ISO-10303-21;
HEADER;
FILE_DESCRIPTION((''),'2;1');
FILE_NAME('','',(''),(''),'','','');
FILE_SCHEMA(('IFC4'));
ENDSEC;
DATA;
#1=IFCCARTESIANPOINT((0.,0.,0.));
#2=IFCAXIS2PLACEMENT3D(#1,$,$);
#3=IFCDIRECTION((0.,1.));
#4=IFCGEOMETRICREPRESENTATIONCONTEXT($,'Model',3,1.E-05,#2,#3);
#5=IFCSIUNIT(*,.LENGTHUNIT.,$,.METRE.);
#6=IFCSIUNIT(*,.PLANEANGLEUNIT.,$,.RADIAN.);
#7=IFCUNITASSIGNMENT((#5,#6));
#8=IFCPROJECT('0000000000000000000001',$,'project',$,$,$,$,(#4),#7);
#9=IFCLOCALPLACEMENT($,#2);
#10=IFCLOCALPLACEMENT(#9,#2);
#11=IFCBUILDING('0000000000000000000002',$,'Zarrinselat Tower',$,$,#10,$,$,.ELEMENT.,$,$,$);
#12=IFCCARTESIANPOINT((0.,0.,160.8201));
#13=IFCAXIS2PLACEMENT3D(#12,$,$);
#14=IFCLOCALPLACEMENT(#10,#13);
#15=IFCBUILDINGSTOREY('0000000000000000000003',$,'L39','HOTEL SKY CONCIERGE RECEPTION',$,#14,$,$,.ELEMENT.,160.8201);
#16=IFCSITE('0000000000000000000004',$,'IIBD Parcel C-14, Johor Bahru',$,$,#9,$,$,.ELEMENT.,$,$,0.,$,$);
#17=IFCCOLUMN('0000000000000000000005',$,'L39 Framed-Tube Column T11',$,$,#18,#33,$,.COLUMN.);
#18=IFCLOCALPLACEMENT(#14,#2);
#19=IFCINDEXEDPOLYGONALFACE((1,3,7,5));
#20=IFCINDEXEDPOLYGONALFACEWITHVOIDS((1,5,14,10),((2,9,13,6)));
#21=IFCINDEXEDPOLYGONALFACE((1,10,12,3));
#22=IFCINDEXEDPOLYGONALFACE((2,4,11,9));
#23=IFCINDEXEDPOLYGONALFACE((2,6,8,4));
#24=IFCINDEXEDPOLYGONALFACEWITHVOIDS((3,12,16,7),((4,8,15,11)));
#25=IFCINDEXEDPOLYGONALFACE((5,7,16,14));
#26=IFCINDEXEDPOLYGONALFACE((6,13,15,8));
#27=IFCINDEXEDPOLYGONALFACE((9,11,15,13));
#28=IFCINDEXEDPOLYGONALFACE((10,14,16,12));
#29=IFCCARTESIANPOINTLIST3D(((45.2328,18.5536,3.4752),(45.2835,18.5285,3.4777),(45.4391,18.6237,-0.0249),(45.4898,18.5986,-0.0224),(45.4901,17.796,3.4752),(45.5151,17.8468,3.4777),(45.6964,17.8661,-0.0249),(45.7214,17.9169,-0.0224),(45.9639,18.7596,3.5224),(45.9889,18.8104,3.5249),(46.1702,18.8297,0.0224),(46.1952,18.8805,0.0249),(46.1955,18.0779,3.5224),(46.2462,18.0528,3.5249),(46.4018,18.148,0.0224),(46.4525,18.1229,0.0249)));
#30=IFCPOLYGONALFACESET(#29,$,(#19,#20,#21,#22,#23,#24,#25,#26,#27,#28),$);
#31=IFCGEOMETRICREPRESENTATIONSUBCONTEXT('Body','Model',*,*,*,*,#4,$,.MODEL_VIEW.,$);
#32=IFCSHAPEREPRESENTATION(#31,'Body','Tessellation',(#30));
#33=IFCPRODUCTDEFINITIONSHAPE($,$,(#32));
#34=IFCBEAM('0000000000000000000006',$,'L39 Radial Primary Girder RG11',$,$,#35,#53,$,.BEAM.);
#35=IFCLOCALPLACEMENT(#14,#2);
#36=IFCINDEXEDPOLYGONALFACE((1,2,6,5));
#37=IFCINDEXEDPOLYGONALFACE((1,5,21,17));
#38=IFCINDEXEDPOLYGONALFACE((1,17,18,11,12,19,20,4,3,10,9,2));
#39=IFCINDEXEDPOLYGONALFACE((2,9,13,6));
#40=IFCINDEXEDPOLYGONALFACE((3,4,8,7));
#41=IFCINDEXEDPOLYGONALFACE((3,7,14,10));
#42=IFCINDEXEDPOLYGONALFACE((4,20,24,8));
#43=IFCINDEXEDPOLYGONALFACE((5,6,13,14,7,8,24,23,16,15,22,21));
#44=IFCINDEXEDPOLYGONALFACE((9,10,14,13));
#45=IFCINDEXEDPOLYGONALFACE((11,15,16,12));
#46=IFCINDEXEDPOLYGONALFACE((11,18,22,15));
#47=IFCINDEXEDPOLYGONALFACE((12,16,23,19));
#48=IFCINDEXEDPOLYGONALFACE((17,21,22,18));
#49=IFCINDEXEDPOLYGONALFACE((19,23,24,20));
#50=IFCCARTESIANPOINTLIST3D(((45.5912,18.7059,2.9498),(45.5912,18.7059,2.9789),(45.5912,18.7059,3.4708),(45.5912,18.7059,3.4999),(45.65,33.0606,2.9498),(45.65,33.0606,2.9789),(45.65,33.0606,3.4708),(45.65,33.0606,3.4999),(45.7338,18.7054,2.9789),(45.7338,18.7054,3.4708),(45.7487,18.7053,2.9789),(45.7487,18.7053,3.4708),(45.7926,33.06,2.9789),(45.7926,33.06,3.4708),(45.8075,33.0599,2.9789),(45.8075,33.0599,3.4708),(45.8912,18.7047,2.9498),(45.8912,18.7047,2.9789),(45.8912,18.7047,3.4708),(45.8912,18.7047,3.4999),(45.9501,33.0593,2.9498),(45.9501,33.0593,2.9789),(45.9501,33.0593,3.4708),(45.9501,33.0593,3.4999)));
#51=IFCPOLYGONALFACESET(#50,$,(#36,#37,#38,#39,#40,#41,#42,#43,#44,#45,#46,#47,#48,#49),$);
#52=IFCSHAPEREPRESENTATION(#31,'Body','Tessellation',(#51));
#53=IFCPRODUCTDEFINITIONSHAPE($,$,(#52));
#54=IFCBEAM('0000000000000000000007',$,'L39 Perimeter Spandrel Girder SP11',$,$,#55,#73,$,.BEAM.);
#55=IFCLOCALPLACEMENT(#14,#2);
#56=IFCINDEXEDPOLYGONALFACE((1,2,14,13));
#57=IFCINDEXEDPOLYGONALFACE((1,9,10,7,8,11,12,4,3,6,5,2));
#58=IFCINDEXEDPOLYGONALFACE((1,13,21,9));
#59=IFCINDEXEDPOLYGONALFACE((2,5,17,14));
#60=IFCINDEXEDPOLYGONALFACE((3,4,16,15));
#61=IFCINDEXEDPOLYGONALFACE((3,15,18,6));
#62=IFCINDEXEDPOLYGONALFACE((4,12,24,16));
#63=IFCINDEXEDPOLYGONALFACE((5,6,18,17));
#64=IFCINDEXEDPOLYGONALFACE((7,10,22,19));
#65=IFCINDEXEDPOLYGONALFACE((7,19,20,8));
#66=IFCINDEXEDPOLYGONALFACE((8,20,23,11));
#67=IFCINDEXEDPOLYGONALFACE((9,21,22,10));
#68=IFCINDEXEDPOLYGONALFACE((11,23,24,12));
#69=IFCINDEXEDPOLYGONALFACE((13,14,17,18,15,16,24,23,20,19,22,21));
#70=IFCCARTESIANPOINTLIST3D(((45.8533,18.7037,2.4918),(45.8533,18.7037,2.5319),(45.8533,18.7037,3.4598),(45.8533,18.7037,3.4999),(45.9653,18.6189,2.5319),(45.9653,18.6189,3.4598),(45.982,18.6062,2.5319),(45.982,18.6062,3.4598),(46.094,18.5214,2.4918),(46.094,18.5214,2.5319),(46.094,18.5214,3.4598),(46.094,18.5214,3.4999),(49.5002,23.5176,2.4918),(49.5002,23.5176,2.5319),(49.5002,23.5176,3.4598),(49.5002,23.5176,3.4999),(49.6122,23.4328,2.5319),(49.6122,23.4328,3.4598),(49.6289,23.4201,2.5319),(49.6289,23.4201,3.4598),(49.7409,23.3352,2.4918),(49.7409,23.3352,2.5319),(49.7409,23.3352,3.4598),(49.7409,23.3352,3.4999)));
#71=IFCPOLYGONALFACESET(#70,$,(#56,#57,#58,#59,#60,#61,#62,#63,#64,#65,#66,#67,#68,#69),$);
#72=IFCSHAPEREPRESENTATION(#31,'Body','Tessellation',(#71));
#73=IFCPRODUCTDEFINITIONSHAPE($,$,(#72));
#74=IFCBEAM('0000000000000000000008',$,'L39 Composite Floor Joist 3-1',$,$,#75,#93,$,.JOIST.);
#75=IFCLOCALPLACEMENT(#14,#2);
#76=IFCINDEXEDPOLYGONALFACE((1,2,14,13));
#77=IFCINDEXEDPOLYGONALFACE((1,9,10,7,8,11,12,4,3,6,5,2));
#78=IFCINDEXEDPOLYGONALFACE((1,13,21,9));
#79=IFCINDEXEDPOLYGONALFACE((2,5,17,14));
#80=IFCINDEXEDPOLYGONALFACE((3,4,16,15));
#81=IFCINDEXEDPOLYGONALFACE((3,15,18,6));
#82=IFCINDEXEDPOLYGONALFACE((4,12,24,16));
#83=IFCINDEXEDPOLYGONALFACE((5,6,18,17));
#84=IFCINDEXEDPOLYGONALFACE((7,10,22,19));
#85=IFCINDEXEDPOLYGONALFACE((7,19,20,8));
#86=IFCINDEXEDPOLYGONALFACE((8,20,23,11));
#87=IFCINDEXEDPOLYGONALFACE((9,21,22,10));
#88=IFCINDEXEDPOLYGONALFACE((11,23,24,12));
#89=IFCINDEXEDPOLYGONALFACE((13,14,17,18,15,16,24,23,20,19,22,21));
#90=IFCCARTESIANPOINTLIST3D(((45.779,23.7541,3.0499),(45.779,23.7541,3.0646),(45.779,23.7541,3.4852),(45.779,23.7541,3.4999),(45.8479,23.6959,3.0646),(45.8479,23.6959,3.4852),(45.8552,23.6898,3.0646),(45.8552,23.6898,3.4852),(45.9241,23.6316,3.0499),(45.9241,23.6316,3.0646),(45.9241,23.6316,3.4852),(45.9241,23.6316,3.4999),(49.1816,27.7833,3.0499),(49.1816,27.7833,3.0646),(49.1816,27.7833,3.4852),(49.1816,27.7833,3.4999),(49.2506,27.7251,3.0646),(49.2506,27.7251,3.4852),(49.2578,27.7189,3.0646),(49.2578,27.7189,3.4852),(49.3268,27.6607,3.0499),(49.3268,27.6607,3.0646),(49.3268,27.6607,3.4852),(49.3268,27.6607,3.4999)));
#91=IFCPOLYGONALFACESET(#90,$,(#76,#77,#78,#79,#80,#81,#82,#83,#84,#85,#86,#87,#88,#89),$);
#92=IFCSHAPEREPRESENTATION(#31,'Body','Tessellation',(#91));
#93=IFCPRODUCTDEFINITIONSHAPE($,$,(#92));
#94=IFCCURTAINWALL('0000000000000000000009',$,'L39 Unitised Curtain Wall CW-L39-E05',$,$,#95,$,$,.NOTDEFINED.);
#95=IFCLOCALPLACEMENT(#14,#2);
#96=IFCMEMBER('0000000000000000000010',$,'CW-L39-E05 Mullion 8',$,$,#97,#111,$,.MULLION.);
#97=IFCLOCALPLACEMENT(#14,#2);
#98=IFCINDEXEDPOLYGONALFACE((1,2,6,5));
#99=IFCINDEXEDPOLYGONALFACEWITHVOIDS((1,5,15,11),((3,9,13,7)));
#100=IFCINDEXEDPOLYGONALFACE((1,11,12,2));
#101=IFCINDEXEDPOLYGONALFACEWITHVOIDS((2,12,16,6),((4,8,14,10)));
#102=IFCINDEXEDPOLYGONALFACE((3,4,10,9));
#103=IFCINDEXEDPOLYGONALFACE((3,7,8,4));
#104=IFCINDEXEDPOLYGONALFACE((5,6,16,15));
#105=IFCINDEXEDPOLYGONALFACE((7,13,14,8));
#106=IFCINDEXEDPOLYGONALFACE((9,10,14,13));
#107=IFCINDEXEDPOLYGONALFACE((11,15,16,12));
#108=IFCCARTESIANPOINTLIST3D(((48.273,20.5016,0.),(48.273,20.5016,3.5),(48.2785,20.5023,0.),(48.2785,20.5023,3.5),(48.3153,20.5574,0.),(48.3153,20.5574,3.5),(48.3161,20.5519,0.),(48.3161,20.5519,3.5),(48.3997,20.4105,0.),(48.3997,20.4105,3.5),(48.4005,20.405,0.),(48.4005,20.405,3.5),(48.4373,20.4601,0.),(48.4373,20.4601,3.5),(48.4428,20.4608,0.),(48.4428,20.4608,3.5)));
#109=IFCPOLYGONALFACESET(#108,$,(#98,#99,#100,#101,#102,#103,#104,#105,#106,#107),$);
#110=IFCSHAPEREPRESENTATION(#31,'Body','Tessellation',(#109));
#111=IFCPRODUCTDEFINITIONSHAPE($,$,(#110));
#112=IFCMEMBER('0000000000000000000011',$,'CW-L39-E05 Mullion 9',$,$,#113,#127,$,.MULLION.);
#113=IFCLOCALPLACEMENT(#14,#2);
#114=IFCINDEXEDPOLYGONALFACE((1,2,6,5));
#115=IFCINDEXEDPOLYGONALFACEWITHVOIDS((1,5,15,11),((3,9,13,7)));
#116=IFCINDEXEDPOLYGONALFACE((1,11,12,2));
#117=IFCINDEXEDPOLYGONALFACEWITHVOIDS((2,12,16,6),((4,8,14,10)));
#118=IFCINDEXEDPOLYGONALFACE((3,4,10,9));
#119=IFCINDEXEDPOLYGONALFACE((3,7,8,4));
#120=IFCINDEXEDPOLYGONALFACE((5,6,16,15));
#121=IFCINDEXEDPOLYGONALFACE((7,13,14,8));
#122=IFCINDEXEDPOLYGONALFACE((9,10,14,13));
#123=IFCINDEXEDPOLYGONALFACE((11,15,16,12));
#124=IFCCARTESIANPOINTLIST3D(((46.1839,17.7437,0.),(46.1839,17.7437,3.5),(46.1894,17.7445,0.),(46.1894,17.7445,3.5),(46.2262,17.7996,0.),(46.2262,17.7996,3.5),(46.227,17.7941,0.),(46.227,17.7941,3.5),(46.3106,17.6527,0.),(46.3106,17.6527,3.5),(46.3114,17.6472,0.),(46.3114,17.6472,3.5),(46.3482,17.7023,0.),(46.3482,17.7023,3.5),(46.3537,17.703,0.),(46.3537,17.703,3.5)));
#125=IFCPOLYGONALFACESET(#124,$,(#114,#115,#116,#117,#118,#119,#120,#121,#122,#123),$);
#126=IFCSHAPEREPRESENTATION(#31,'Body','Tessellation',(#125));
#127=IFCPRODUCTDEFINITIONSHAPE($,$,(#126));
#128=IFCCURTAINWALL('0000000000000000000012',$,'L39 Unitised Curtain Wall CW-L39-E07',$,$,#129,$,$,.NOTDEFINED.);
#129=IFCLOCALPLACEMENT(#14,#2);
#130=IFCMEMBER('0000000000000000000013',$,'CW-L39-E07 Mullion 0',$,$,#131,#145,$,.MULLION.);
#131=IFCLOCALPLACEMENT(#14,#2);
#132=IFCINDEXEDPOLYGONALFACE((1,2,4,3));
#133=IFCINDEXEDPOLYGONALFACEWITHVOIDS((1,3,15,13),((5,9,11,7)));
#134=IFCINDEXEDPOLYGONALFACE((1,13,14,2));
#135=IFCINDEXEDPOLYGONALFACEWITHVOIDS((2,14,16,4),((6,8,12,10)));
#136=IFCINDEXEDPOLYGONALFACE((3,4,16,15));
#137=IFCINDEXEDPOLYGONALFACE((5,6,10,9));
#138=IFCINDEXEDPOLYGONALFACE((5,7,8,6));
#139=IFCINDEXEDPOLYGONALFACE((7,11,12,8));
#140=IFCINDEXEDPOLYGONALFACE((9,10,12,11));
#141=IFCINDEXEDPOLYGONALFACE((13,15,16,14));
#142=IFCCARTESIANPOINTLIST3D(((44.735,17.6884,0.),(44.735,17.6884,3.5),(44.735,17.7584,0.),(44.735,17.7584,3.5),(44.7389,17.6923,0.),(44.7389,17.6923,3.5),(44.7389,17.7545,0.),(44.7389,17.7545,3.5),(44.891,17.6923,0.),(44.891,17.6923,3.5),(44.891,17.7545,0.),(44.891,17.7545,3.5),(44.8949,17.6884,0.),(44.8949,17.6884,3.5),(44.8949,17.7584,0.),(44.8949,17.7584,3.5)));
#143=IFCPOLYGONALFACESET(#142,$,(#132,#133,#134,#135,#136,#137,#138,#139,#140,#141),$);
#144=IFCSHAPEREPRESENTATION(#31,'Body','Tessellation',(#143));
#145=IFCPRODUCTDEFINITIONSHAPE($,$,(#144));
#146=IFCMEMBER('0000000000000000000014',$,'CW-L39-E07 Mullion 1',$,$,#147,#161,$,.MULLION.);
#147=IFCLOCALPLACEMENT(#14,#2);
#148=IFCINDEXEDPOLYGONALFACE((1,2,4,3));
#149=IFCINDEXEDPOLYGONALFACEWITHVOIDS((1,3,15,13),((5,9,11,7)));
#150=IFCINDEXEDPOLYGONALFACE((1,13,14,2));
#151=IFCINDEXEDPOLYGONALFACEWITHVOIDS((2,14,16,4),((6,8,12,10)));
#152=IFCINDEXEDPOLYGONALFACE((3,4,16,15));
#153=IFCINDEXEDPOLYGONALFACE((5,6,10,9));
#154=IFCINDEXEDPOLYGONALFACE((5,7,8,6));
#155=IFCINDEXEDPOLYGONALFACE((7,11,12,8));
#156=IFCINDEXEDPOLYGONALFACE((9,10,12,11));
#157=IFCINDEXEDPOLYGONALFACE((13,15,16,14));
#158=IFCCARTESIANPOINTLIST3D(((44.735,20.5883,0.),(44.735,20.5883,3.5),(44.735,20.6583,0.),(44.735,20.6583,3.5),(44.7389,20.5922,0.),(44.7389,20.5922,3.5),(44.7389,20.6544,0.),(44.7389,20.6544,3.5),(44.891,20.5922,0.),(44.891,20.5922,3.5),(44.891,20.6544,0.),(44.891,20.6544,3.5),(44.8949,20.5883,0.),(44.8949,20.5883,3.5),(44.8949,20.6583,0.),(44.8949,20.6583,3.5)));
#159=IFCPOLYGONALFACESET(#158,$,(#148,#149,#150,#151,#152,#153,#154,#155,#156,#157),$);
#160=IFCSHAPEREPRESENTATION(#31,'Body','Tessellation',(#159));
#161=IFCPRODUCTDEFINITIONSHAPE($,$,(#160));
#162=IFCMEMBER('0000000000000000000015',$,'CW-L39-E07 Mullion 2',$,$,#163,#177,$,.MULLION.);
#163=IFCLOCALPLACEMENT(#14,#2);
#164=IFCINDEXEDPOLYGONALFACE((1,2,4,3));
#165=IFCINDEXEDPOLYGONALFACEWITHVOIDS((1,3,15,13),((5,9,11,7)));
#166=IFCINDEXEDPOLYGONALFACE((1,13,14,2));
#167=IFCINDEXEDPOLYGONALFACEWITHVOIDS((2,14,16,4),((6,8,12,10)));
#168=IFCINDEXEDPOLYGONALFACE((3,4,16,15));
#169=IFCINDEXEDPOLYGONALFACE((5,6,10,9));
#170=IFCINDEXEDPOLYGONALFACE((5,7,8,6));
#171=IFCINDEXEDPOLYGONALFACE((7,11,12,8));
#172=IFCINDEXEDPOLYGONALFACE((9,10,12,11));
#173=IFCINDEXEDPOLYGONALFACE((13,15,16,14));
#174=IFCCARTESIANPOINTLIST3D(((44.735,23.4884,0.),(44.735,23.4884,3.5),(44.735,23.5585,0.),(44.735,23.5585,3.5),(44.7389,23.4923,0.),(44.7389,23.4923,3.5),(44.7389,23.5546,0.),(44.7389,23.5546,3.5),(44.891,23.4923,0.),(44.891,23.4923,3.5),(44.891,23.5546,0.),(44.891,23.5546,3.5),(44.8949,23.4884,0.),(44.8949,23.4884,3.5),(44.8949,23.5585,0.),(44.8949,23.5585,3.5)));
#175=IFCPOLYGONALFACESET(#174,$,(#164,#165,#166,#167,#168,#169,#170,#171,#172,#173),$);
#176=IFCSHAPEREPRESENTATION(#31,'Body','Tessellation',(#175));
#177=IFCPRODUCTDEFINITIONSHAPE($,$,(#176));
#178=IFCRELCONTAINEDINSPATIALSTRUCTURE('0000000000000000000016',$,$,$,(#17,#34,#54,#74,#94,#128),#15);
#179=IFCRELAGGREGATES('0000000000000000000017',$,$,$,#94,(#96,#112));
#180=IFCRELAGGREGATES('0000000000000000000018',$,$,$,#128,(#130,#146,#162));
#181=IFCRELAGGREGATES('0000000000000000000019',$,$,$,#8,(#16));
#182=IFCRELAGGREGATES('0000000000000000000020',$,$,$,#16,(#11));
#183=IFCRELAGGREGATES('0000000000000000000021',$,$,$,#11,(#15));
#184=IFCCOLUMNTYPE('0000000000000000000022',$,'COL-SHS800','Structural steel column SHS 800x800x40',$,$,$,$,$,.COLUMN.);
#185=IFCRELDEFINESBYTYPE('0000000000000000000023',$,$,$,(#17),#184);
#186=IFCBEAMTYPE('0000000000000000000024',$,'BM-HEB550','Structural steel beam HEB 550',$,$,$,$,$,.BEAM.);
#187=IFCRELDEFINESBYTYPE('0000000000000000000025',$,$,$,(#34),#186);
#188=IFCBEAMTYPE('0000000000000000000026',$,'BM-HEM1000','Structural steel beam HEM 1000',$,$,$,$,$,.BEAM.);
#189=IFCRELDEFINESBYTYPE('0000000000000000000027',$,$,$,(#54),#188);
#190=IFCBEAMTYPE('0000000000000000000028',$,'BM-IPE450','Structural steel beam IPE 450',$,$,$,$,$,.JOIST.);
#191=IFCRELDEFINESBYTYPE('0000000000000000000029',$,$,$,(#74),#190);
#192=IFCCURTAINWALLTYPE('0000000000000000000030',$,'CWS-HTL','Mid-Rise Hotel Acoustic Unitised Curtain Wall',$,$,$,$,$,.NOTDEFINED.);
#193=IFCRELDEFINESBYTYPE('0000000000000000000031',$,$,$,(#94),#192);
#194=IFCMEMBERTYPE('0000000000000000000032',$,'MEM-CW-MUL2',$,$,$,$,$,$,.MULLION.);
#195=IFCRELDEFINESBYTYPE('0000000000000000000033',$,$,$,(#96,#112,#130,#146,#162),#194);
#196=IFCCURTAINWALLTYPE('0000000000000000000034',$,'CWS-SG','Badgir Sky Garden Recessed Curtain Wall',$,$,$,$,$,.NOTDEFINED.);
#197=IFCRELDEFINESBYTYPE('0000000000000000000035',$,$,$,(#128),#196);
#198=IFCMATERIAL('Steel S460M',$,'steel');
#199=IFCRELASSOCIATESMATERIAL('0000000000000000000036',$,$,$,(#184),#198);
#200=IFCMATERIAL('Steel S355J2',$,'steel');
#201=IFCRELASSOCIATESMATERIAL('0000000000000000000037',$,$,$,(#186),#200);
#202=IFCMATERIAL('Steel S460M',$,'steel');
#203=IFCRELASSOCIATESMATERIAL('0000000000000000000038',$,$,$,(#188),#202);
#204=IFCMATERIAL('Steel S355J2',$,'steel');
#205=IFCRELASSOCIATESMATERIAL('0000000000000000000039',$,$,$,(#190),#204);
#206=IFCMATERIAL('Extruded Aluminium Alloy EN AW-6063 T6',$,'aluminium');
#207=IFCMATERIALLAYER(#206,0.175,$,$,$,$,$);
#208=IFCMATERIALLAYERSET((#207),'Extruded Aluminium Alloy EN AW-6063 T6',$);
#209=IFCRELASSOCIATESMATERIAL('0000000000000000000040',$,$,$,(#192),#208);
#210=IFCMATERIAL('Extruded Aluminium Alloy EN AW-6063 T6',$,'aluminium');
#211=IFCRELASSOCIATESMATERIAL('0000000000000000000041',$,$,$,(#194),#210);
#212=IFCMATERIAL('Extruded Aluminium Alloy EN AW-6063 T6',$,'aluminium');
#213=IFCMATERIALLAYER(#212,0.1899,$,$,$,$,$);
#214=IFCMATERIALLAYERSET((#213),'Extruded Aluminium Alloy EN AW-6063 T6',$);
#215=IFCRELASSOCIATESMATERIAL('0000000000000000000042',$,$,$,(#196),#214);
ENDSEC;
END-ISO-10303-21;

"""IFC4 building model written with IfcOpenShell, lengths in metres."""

from ifc_helpers import new_model, si_unit, direction, frame, origin, origin_2d, place, context, subcontext, project, spatial, hollow_rectangle, i_section, extrude, material, layer, layer_set, material_profile, profile_set, type_object, element, aggregate, save


model = new_model("IFC4")

# Units and contexts
model_context = context("Model", 3, precision=1e-05, world=origin(), true_north=direction((0.0, 1.0)))
body_context = subcontext(model_context, "Body", "Model", "MODEL_VIEW")
ifc_project = project(units=[si_unit("LENGTHUNIT", "METRE"), si_unit("PLANEANGLEUNIT", "RADIAN")], contexts=[model_context])

# Site, building, storey
site_placement = place(None, origin())
site = spatial("IfcSite", under=ifc_project, at=site_placement, Name="IIBD Parcel C-14, Johor Bahru", CompositionType="ELEMENT", RefElevation=0.0)
building_placement = place(site_placement, origin())
building = spatial("IfcBuilding", under=site, at=building_placement, Name="Zarrinselat Tower", CompositionType="ELEMENT")
storey_placement = place(building_placement, frame((0.0, 0.0, 160.8201)))
storey = spatial("IfcBuildingStorey", under=building, at=storey_placement, Name="L39", Description="HOTEL SKY CONCIERGE RECEPTION", CompositionType="ELEMENT", Elevation=160.8201)

# Column
ifc_material_1 = material(Name="Steel S460M", Category="steel")
ifc_material_profile_1 = material_profile(ifc_material_1, hollow_rectangle(XDim=0.8, YDim=0.8, WallThickness=0.04, at=origin_2d()), Name="SHS 800x800x40")
ifc_profile_set_1 = profile_set([ifc_material_profile_1], Name="Steel S460M")
column_type = type_object("IfcColumnType", Name="COL-SHS800", Description="Structural steel column SHS 800x800x40", PredefinedType="COLUMN", material=ifc_profile_set_1)
column_placement = place(storey_placement, frame((45.9458, 18.3733, 0.0), z_axis=(-0.058829, -0.019981, 0.998068), x_axis=(0.321601, -0.946875, 0.0)))
element("IfcColumn", 1, at=column_placement, inside=storey, type_object=column_type, Name="L39 Framed-Tube Column T11", PredefinedType="COLUMN", context=body_context, shape_type="SweptSolid", body=[
    extrude(hollow_rectangle(XDim=0.8, YDim=0.8, WallThickness=0.04, at=origin_2d()), origin(), (0.0, 0.0, 1.0), 3.5068),
])

# Beams
ifc_material_2 = material(Name="Steel S355J2", Category="steel")
ifc_material_profile_2 = material_profile(ifc_material_2, i_section(OverallWidth=0.3, OverallDepth=0.55, WebThickness=0.0149, FlangeThickness=0.0291, at=origin_2d()), Name="HEB 550")
ifc_profile_set_2 = profile_set([ifc_material_profile_2], Name="Steel S355J2")
beam_type_1 = type_object("IfcBeamType", Name="BM-HEB550", Description="Structural steel beam HEB 550", PredefinedType="BEAM", material=ifc_profile_set_2)
beam_1_placement = place(storey_placement, frame((45.7412, 18.7053, 3.2249), z_axis=(0.004099, 0.999992, 0.0), x_axis=(-0.999992, 0.004099, 0.0)))
element("IfcBeam", 2, at=beam_1_placement, inside=storey, type_object=beam_type_1, Name="L39 Radial Primary Girder RG11", PredefinedType="BEAM", context=body_context, shape_type="SweptSolid", body=[
    extrude(i_section(OverallWidth=0.3, OverallDepth=0.55, WebThickness=0.0149, FlangeThickness=0.0291, at=origin_2d()), origin(), (0.0, 0.0, 1.0), 14.3547),
])
ifc_material_3 = material(Name="Steel S460M", Category="steel")
ifc_material_profile_3 = material_profile(ifc_material_3, i_section(OverallWidth=0.302, OverallDepth=1.0081, WebThickness=0.021, FlangeThickness=0.04, at=origin_2d()), Name="HEM 1000")
ifc_profile_set_3 = profile_set([ifc_material_profile_3], Name="Steel S460M")
beam_type_2 = type_object("IfcBeamType", Name="BM-HEM1000", Description="Structural steel beam HEM 1000", PredefinedType="BEAM", material=ifc_profile_set_3)
beam_2_placement = place(storey_placement, frame((45.9736, 18.6125, 2.9958), z_axis=(0.603861, 0.79709, 0.0), x_axis=(-0.79709, 0.603861, 0.0)))
element("IfcBeam", 3, at=beam_2_placement, inside=storey, type_object=beam_type_2, Name="L39 Perimeter Spandrel Girder SP11", PredefinedType="BEAM", context=body_context, shape_type="SweptSolid", body=[
    extrude(i_section(OverallWidth=0.302, OverallDepth=1.0081, WebThickness=0.021, FlangeThickness=0.04, at=origin_2d()), origin(), (0.0, 0.0, 1.0), 6.0393),
])
ifc_material_4 = material(Name="Steel S355J2", Category="steel")
ifc_material_profile_4 = material_profile(ifc_material_4, i_section(OverallWidth=0.1899, OverallDepth=0.45, WebThickness=0.0095, FlangeThickness=0.0146, at=origin_2d()), Name="IPE 450")
ifc_profile_set_4 = profile_set([ifc_material_profile_4], Name="Steel S355J2")
beam_type_3 = type_object("IfcBeamType", Name="BM-IPE450", Description="Structural steel beam IPE 450", PredefinedType="JOIST", material=ifc_profile_set_4)
beam_3_placement = place(storey_placement, frame((45.8516, 23.6929, 3.2749), z_axis=(0.645211, 0.764004, 0.0), x_axis=(-0.764004, 0.645211, 0.0)))
element("IfcBeam", 4, at=beam_3_placement, inside=storey, type_object=beam_type_3, Name="L39 Composite Floor Joist 3-1", PredefinedType="JOIST", context=body_context, shape_type="SweptSolid", body=[
    extrude(i_section(OverallWidth=0.1899, OverallDepth=0.45, WebThickness=0.0095, FlangeThickness=0.0146, at=origin_2d()), origin(), (0.0, 0.0, 1.0), 5.2737),
])

# Curtain walls, members
ifc_material_5 = material(Name="Extruded Aluminium Alloy EN AW-6063 T6", Category="aluminium")
ifc_layer_1 = layer(ifc_material_5, 0.175)
ifc_layer_set_1 = layer_set([ifc_layer_1], Name="Extruded Aluminium Alloy EN AW-6063 T6")
curtain_wall_type_1 = type_object("IfcCurtainWallType", Name="CWS-HTL", Description="Mid-Rise Hotel Acoustic Unitised Curtain Wall", PredefinedType="NOTDEFINED", material=ifc_layer_set_1)
curtain_wall_1_placement = place(storey_placement, origin())
curtain_wall_1 = element("IfcCurtainWall", 5, at=curtain_wall_1_placement, inside=storey, type_object=curtain_wall_type_1, Name="L39 Unitised Curtain Wall CW-L39-E05", PredefinedType="NOTDEFINED")
ifc_material_6 = material(Name="Extruded Aluminium Alloy EN AW-6063 T6", Category="aluminium")
ifc_material_profile_5 = material_profile(ifc_material_6, hollow_rectangle(XDim=0.0701, YDim=0.1599, WallThickness=0.0039, at=origin_2d()), Name="RHS 160x70x4")
ifc_profile_set_5 = profile_set([ifc_material_profile_5], Name="Extruded Aluminium Alloy EN AW-6063 T6")
member_type_1 = type_object("IfcMemberType", Name="MEM-CW-MUL2", PredefinedType="MULLION", material=ifc_profile_set_5)
member_1_placement = place(storey_placement, frame((48.3579, 20.4812, 0.0), z_axis=(0.0, 0.0, 1.0), x_axis=(-0.603859, -0.797092, 0.0)))
member_1 = element("IfcMember", 6, at=member_1_placement, type_object=member_type_1, Name="CW-L39-E05 Mullion 8", PredefinedType="MULLION", context=body_context, shape_type="SweptSolid", body=[
    extrude(hollow_rectangle(XDim=0.0701, YDim=0.1599, WallThickness=0.0039, at=origin_2d()), origin(), (0.0, 0.0, 1.0), 3.5),
])
member_2_placement = place(storey_placement, frame((46.2688, 17.7234, 0.0), z_axis=(0.0, 0.0, 1.0), x_axis=(-0.603859, -0.797092, 0.0)))
member_2 = element("IfcMember", 7, at=member_2_placement, type_object=member_type_1, Name="CW-L39-E05 Mullion 9", PredefinedType="MULLION", context=body_context, shape_type="SweptSolid", body=[
    extrude(hollow_rectangle(XDim=0.0701, YDim=0.1599, WallThickness=0.0039, at=origin_2d()), origin(), (0.0, 0.0, 1.0), 3.5),
])
ifc_material_7 = material(Name="Extruded Aluminium Alloy EN AW-6063 T6", Category="aluminium")
ifc_layer_2 = layer(ifc_material_7, 0.1899)
ifc_layer_set_2 = layer_set([ifc_layer_2], Name="Extruded Aluminium Alloy EN AW-6063 T6")
curtain_wall_type_2 = type_object("IfcCurtainWallType", Name="CWS-SG", Description="Badgir Sky Garden Recessed Curtain Wall", PredefinedType="NOTDEFINED", material=ifc_layer_set_2)
curtain_wall_2_placement = place(storey_placement, origin())
curtain_wall_2 = element("IfcCurtainWall", 8, at=curtain_wall_2_placement, inside=storey, type_object=curtain_wall_type_2, Name="L39 Unitised Curtain Wall CW-L39-E07", PredefinedType="NOTDEFINED")
member_3_placement = place(storey_placement, frame((44.8149, 17.7234, 0.0), z_axis=(0.0, 0.0, 1.0), x_axis=(0.0, 1.0, 0.0)))
member_3 = element("IfcMember", 9, at=member_3_placement, type_object=member_type_1, Name="CW-L39-E07 Mullion 0", PredefinedType="MULLION", context=body_context, shape_type="SweptSolid", body=[
    extrude(hollow_rectangle(XDim=0.0701, YDim=0.1599, WallThickness=0.0039, at=origin_2d()), origin(), (0.0, 0.0, 1.0), 3.5),
])
member_4_placement = place(storey_placement, frame((44.8149, 20.6233, 0.0), z_axis=(0.0, 0.0, 1.0), x_axis=(0.0, 1.0, 0.0)))
member_4 = element("IfcMember", 10, at=member_4_placement, type_object=member_type_1, Name="CW-L39-E07 Mullion 1", PredefinedType="MULLION", context=body_context, shape_type="SweptSolid", body=[
    extrude(hollow_rectangle(XDim=0.0701, YDim=0.1599, WallThickness=0.0039, at=origin_2d()), origin(), (0.0, 0.0, 1.0), 3.5),
])
member_5_placement = place(storey_placement, frame((44.8149, 23.5234, 0.0), z_axis=(0.0, 0.0, 1.0), x_axis=(0.0, 1.0, 0.0)))
member_5 = element("IfcMember", 11, at=member_5_placement, type_object=member_type_1, Name="CW-L39-E07 Mullion 2", PredefinedType="MULLION", context=body_context, shape_type="SweptSolid", body=[
    extrude(hollow_rectangle(XDim=0.0701, YDim=0.1599, WallThickness=0.0039, at=origin_2d()), origin(), (0.0, 0.0, 1.0), 3.5),
])

aggregate(curtain_wall_1, [member_1, member_2])
aggregate(curtain_wall_2, [member_3, member_4, member_5])

save(model, "model.ifc")
